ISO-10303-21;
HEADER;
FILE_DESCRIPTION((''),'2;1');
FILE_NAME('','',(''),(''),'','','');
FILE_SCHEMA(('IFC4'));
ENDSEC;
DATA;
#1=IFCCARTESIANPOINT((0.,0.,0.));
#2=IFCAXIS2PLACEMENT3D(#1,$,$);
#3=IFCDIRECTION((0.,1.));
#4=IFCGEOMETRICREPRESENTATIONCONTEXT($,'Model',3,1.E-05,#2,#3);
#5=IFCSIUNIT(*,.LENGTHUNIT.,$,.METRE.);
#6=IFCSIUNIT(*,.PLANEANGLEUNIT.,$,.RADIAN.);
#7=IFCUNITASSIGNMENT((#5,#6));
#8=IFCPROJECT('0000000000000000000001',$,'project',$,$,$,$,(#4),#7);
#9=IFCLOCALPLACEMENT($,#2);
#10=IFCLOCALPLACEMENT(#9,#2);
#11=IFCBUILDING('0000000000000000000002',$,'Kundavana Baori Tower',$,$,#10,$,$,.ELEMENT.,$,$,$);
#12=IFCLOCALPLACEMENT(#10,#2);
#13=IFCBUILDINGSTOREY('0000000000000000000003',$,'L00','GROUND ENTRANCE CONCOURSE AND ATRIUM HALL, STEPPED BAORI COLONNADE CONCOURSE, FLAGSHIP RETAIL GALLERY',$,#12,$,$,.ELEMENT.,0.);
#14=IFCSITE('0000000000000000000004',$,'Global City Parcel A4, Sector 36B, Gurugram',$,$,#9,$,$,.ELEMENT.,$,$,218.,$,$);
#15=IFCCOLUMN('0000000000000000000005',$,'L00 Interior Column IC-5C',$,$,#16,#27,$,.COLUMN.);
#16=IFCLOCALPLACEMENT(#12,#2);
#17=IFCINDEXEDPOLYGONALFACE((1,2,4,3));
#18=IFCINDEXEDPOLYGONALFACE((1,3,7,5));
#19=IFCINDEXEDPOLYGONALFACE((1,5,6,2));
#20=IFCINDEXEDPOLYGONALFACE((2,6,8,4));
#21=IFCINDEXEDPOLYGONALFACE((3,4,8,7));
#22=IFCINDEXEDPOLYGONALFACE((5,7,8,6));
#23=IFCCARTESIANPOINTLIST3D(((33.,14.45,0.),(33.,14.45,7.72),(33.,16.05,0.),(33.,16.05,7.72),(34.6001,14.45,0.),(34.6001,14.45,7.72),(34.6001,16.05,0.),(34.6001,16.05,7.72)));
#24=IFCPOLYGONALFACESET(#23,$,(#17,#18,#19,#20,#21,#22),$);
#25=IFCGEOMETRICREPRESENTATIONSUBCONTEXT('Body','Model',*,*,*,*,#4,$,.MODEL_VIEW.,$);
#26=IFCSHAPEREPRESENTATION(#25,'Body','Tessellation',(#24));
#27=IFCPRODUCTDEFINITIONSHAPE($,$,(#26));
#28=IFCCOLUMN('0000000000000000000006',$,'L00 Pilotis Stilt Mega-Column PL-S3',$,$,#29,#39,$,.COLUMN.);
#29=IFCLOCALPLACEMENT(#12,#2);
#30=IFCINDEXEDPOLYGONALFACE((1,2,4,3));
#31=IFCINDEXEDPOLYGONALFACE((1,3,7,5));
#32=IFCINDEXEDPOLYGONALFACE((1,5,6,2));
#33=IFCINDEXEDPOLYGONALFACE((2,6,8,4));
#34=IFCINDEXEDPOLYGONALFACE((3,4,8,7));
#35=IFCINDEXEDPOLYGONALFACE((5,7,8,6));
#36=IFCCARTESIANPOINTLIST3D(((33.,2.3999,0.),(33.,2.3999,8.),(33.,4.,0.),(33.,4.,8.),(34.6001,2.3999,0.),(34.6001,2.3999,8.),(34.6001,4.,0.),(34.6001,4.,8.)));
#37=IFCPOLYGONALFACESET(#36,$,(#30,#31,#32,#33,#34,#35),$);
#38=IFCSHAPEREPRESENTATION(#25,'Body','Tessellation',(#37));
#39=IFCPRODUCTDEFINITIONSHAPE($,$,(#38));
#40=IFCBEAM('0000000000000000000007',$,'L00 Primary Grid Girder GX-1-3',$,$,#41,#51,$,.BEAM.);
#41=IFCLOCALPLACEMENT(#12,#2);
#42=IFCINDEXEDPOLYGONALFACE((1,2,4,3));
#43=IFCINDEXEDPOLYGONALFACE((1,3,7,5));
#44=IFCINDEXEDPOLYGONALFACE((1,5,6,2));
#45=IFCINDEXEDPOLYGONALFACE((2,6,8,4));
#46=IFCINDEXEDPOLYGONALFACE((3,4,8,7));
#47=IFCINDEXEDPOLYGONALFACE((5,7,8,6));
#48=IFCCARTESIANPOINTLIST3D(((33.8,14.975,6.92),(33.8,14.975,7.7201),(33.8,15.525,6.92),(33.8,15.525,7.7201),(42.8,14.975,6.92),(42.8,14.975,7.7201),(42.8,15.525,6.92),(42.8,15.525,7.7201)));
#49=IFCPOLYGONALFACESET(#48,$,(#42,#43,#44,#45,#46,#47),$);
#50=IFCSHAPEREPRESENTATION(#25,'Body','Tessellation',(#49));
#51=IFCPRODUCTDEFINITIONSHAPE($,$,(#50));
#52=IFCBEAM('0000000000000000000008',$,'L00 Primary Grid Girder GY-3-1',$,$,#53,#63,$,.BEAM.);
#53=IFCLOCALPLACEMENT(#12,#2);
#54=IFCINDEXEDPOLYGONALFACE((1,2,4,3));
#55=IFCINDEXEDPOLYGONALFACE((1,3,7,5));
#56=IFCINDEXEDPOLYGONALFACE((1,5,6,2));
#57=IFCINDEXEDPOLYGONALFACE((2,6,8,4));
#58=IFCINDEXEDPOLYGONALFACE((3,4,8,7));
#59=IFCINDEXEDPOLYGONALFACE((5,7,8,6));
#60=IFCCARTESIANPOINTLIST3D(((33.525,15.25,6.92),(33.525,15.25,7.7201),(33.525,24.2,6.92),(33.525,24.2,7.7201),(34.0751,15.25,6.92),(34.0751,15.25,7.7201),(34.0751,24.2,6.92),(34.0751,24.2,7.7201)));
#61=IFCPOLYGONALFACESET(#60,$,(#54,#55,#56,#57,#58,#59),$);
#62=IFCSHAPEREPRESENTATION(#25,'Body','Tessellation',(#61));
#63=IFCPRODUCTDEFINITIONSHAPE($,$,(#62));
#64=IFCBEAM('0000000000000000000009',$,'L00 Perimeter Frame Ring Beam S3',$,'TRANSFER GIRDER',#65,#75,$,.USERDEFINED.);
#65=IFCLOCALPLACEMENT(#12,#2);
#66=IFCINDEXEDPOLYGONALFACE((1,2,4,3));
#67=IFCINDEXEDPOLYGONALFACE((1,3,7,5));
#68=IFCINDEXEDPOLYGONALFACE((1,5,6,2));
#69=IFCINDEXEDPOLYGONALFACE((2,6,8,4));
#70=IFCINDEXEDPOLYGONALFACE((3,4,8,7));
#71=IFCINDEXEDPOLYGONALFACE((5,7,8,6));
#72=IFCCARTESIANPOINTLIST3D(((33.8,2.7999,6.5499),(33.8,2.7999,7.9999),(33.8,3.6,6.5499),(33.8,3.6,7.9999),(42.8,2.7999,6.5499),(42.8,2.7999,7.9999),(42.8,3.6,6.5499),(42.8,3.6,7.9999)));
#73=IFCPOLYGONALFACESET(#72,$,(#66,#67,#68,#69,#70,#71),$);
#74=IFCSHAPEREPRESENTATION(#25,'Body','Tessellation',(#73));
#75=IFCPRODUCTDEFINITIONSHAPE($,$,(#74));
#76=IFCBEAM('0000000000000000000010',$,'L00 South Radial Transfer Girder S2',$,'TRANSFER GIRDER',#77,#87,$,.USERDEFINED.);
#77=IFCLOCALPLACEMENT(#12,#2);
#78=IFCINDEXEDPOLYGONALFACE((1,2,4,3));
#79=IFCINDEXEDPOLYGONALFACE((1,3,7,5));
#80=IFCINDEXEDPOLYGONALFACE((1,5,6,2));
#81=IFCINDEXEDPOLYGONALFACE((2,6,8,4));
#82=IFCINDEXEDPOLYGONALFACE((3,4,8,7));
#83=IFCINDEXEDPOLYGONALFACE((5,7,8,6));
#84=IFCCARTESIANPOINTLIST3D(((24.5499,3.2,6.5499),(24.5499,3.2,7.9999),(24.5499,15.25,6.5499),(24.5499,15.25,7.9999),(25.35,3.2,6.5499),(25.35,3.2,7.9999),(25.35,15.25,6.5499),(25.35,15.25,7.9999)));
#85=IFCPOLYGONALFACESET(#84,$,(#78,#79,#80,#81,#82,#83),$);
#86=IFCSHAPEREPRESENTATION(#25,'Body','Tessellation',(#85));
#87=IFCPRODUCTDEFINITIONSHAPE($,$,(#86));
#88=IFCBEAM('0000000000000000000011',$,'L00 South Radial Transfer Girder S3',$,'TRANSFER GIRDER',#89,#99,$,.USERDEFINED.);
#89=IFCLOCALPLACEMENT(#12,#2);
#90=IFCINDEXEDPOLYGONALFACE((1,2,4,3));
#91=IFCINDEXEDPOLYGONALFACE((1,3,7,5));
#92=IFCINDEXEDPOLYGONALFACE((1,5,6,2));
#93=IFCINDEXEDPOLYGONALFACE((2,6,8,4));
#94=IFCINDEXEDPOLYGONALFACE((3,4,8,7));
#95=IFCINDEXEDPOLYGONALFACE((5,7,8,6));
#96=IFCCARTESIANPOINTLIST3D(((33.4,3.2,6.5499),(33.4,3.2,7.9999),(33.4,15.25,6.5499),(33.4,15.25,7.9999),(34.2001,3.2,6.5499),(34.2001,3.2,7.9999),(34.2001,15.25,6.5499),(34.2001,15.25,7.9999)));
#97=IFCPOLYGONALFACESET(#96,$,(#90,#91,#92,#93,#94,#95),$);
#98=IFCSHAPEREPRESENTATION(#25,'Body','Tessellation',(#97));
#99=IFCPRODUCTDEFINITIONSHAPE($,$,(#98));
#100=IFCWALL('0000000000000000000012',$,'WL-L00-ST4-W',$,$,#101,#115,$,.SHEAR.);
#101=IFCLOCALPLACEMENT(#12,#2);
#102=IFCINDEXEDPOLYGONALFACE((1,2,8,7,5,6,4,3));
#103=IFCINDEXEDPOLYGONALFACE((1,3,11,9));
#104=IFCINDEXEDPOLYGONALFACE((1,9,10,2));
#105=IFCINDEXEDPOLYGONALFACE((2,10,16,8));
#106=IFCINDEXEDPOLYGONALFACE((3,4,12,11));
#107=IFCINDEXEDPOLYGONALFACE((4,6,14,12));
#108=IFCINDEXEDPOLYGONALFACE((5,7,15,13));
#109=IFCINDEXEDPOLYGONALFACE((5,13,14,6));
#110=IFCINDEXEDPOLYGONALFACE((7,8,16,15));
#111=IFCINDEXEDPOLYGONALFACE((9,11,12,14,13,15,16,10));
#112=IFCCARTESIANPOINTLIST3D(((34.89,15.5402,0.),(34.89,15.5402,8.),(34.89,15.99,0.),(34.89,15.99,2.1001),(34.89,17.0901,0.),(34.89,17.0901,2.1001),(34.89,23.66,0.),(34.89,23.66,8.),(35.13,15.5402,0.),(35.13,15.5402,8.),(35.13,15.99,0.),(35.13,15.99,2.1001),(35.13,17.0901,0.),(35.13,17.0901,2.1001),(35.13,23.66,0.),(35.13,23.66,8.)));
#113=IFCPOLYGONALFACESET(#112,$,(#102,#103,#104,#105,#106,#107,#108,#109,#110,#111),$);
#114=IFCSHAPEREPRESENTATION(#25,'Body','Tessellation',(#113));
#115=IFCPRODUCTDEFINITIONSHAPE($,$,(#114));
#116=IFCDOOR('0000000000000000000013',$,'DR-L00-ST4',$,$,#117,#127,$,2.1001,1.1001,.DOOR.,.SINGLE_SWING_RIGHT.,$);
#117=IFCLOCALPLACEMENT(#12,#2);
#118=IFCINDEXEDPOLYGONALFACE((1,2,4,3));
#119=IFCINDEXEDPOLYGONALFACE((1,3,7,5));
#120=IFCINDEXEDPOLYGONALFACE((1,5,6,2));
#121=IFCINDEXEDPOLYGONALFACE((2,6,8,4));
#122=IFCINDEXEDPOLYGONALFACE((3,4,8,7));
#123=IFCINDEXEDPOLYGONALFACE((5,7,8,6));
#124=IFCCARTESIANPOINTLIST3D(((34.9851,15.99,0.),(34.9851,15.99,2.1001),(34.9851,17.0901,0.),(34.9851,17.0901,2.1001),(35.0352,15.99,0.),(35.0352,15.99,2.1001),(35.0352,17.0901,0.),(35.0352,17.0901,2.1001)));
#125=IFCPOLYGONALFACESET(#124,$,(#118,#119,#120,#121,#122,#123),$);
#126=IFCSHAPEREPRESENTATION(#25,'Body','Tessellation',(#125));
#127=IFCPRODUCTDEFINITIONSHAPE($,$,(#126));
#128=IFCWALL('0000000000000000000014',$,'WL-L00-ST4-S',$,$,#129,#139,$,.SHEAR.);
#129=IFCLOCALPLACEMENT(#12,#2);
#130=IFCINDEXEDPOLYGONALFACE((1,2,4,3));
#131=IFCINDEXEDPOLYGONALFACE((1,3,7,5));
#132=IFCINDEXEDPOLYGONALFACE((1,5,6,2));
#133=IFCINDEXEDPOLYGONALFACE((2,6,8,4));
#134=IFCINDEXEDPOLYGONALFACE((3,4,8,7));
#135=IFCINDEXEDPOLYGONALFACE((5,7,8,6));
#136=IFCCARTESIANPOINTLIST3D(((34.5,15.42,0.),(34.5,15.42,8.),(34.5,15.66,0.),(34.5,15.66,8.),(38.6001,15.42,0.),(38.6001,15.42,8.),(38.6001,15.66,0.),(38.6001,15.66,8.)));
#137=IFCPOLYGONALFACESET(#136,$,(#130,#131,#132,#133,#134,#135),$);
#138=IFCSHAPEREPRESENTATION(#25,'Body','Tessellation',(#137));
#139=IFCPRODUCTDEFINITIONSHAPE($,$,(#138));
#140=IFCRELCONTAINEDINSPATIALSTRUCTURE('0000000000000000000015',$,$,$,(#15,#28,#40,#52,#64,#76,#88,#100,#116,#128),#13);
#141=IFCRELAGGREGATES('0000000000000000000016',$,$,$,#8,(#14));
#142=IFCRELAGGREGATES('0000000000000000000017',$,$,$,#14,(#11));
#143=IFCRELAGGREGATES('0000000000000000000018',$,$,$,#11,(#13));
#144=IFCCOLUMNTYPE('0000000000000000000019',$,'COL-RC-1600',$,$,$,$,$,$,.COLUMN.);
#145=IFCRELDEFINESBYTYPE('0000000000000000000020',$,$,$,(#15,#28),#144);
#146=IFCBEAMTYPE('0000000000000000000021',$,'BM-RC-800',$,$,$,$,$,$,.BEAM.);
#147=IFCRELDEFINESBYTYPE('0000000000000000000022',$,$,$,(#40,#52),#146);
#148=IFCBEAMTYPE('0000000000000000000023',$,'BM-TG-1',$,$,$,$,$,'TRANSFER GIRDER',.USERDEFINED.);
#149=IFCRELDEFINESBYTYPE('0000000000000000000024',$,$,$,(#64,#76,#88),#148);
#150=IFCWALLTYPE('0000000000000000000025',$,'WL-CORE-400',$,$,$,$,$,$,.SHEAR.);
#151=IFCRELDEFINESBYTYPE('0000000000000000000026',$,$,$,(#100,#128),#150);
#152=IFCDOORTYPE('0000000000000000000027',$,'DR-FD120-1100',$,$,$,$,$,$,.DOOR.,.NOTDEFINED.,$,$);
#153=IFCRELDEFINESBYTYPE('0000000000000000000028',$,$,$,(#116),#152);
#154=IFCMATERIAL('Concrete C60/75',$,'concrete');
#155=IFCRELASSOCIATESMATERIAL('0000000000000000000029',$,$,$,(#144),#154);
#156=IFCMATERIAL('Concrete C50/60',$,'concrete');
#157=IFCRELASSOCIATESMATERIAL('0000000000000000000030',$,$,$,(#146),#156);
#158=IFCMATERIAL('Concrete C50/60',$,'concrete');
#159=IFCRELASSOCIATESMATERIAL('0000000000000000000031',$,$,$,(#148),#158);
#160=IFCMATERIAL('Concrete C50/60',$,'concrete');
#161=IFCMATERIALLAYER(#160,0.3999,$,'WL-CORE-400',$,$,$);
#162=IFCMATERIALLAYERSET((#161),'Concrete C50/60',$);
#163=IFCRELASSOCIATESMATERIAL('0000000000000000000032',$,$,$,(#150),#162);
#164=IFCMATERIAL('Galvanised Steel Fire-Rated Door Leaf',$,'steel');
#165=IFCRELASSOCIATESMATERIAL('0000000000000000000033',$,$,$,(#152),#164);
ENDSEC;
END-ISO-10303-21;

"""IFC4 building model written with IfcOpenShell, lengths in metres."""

from ifc_helpers import new_model, si_unit, direction, frame, frame_2d, origin, origin_2d, place, context, subcontext, project, spatial, rectangle, extrude, material, layer, layer_set, material_profile, profile_set, type_object, element, fill, save


model = new_model("IFC4")

# Units and contexts
model_context = context("Model", 3, precision=1e-05, world=origin(), true_north=direction((0.0, 1.0)))
body_context = subcontext(model_context, "Body", "Model", "MODEL_VIEW")
ifc_project = project(units=[si_unit("LENGTHUNIT", "METRE"), si_unit("PLANEANGLEUNIT", "RADIAN")], contexts=[model_context])

# Site, building, storey
site_placement = place(None, origin())
site = spatial("IfcSite", under=ifc_project, at=site_placement, Name="Global City Parcel A4, Sector 36B, Gurugram", CompositionType="ELEMENT", RefElevation=218.0)
building_placement = place(site_placement, origin())
building = spatial("IfcBuilding", under=site, at=building_placement, Name="Kundavana Baori Tower", CompositionType="ELEMENT")
storey_placement = place(building_placement, origin())
storey = spatial("IfcBuildingStorey", under=building, at=storey_placement, Name="L00", Description="GROUND ENTRANCE CONCOURSE AND ATRIUM HALL, STEPPED BAORI COLONNADE CONCOURSE, FLAGSHIP RETAIL GALLERY", CompositionType="ELEMENT", Elevation=0.0)

# Columns
ifc_material_1 = material(Name="Concrete C60/75", Category="concrete")
ifc_material_profile_1 = material_profile(ifc_material_1, rectangle(XDim=1.6001, YDim=1.6001, at=origin_2d()), Name="RC 1600x1600")
ifc_profile_set_1 = profile_set([ifc_material_profile_1], Name="Concrete C60/75")
column_type = type_object("IfcColumnType", Name="COL-RC-1600", PredefinedType="COLUMN", material=ifc_profile_set_1)
column_1_placement = place(storey_placement, frame((33.8, 15.25, 0.0), z_axis=(0.0, 0.0, 1.0), x_axis=(1.0, 0.0, 0.0)))
element("IfcColumn", 1, at=column_1_placement, inside=storey, type_object=column_type, Name="L00 Interior Column IC-5C", PredefinedType="COLUMN", context=body_context, shape_type="SweptSolid", body=[
    extrude(rectangle(XDim=1.6001, YDim=1.6001, at=origin_2d()), origin(), (0.0, 0.0, 1.0), 7.72),
])
column_2_placement = place(storey_placement, frame((33.8, 3.2, 0.0), z_axis=(0.0, 0.0, 1.0), x_axis=(1.0, 0.0, 0.0)))
element("IfcColumn", 2, at=column_2_placement, inside=storey, type_object=column_type, Name="L00 Pilotis Stilt Mega-Column PL-S3", PredefinedType="COLUMN", context=body_context, shape_type="SweptSolid", body=[
    extrude(rectangle(XDim=1.6001, YDim=1.6001, at=origin_2d()), origin(), (0.0, 0.0, 1.0), 8.0),
])

# Beams
ifc_material_2 = material(Name="Concrete C50/60", Category="concrete")
ifc_material_profile_2 = material_profile(ifc_material_2, rectangle(XDim=0.55, YDim=0.8, at=origin_2d()), Name="RC BM 550x800")
ifc_profile_set_2 = profile_set([ifc_material_profile_2], Name="Concrete C50/60")
beam_type_1 = type_object("IfcBeamType", Name="BM-RC-800", PredefinedType="BEAM", material=ifc_profile_set_2)
beam_1_placement = place(storey_placement, frame((33.8, 15.25, 7.3201), z_axis=(1.0, 0.0, 0.0), x_axis=(0.0, 1.0, 0.0)))
element("IfcBeam", 3, at=beam_1_placement, inside=storey, type_object=beam_type_1, Name="L00 Primary Grid Girder GX-1-3", PredefinedType="BEAM", context=body_context, shape_type="SweptSolid", body=[
    extrude(rectangle(XDim=0.55, YDim=0.8, at=origin_2d()), origin(), (0.0, 0.0, 1.0), 9.0),
])
beam_2_placement = place(storey_placement, frame((33.8, 15.25, 7.3201), z_axis=(0.0, 1.0, 0.0), x_axis=(-1.0, 0.0, 0.0)))
element("IfcBeam", 4, at=beam_2_placement, inside=storey, type_object=beam_type_1, Name="L00 Primary Grid Girder GY-3-1", PredefinedType="BEAM", context=body_context, shape_type="SweptSolid", body=[
    extrude(rectangle(XDim=0.55, YDim=0.8, at=origin_2d()), origin(), (0.0, 0.0, 1.0), 8.95),
])
ifc_material_3 = material(Name="Concrete C50/60", Category="concrete")
ifc_material_profile_3 = material_profile(ifc_material_3, rectangle(XDim=0.8, YDim=1.45, at=origin_2d()), Name="BM-TG-1")
ifc_profile_set_3 = profile_set([ifc_material_profile_3], Name="Concrete C50/60")
beam_type_2 = type_object("IfcBeamType", Name="BM-TG-1", ElementType="TRANSFER GIRDER", PredefinedType="USERDEFINED", material=ifc_profile_set_3)
beam_3_placement = place(storey_placement, frame((33.8, 3.2, 7.2749), z_axis=(1.0, 0.0, 0.0), x_axis=(0.0, 1.0, 0.0)))
element("IfcBeam", 5, at=beam_3_placement, inside=storey, type_object=beam_type_2, Name="L00 Perimeter Frame Ring Beam S3", ObjectType="TRANSFER GIRDER", PredefinedType="USERDEFINED", context=body_context, shape_type="SweptSolid", body=[
    extrude(rectangle(XDim=0.8, YDim=1.45, at=origin_2d()), origin(), (0.0, 0.0, 1.0), 9.0),
])
for number, where, z_axis, x_axis, name in (
    (6, (24.95, 15.25, 7.2749), (0.0, -1.0, 0.0), (1.0, 0.0, 0.0), "L00 South Radial Transfer Girder S2"),
    (7, (33.8, 15.25, 7.2749), (0.0, -1.0, 0.0), (1.0, 0.0, 0.0), "L00 South Radial Transfer Girder S3"),
):
    element("IfcBeam", number, at=place(storey_placement, frame(where, z_axis=z_axis, x_axis=x_axis)), inside=storey, type_object=beam_type_2, Name=name, ObjectType="TRANSFER GIRDER", PredefinedType="USERDEFINED", context=body_context, shape_type="SweptSolid", body=[
        extrude(rectangle(XDim=0.8, YDim=1.45, at=origin_2d()), origin(), (0.0, 0.0, 1.0), 12.05),
    ])

# Wall, opening, door
ifc_material_4 = material(Name="Concrete C50/60", Category="concrete")
ifc_layer_1 = layer(ifc_material_4, 0.3999, Name="WL-CORE-400")
ifc_layer_set_1 = layer_set([ifc_layer_1], Name="Concrete C50/60")
wall_type_1 = type_object("IfcWallType", Name="WL-CORE-400", PredefinedType="SHEAR", material=ifc_layer_set_1)
wall_1_placement = place(storey_placement, frame((35.01, 15.54, 0.0), z_axis=(0.0, 0.0, 1.0), x_axis=(0.0, 1.0, 0.0)))
wall_1 = element("IfcWall", 8, at=wall_1_placement, inside=storey, type_object=wall_type_1, Name="WL-L00-ST4-W", PredefinedType="SHEAR", context=body_context, shape_type="SweptSolid", body=[
    extrude(rectangle(XDim=8.1199, YDim=0.24, at=frame_2d((4.0601, 0.0))), origin(), (0.0, 0.0, 1.0), 8.0),
])
opening_1_placement = place(wall_1_placement, frame((0.45, 0.0, 0.0)))
opening_1 = element("IfcOpeningElement", 9, at=opening_1_placement, cuts=wall_1, PredefinedType="OPENING", context=body_context, shape_type="SweptSolid", body=[
    extrude(rectangle(XDim=1.1001, YDim=2.1001, at=frame_2d((0.55, 1.05))), frame((0.0, 0.1299, 0.0), z_axis=(0.0, -1.0, 0.0), x_axis=(1.0, 0.0, 0.0)), (0.0, 0.0, 1.0), 0.26),
])
ifc_material_5 = material(Name="Galvanised Steel Fire-Rated Door Leaf", Category="steel")
door_type_1 = type_object("IfcDoorType", Name="DR-FD120-1100", OperationType="NOTDEFINED", PredefinedType="DOOR", material=ifc_material_5)
door_1_placement = place(opening_1_placement, origin())
door_1 = element("IfcDoor", 10, at=door_1_placement, inside=storey, type_object=door_type_1, Name="DR-L00-ST4", OperationType="SINGLE_SWING_RIGHT", OverallHeight=2.1001, OverallWidth=1.1001, PredefinedType="DOOR", context=body_context, shape_type="SweptSolid", body=[
    extrude(rectangle(XDim=1.1001, YDim=2.1001, at=frame_2d((0.55, 1.05))), frame((0.0, 0.0249, 0.0), z_axis=(0.0, -1.0, 0.0), x_axis=(1.0, 0.0, 0.0)), (0.0, 0.0, 1.0), 0.05),
])
fill(opening_1, door_1)

# Wall
wall_2_placement = place(storey_placement, frame((34.5, 15.54, 0.0), z_axis=(0.0, 0.0, 1.0), x_axis=(1.0, 0.0, 0.0)))
element("IfcWall", 11, at=wall_2_placement, inside=storey, type_object=wall_type_1, Name="WL-L00-ST4-S", PredefinedType="SHEAR", context=body_context, shape_type="SweptSolid", body=[
    extrude(rectangle(XDim=4.1001, YDim=0.24, at=frame_2d((2.05, 0.0))), origin(), (0.0, 0.0, 1.0), 8.0),
])

save(model, "model.ifc")
